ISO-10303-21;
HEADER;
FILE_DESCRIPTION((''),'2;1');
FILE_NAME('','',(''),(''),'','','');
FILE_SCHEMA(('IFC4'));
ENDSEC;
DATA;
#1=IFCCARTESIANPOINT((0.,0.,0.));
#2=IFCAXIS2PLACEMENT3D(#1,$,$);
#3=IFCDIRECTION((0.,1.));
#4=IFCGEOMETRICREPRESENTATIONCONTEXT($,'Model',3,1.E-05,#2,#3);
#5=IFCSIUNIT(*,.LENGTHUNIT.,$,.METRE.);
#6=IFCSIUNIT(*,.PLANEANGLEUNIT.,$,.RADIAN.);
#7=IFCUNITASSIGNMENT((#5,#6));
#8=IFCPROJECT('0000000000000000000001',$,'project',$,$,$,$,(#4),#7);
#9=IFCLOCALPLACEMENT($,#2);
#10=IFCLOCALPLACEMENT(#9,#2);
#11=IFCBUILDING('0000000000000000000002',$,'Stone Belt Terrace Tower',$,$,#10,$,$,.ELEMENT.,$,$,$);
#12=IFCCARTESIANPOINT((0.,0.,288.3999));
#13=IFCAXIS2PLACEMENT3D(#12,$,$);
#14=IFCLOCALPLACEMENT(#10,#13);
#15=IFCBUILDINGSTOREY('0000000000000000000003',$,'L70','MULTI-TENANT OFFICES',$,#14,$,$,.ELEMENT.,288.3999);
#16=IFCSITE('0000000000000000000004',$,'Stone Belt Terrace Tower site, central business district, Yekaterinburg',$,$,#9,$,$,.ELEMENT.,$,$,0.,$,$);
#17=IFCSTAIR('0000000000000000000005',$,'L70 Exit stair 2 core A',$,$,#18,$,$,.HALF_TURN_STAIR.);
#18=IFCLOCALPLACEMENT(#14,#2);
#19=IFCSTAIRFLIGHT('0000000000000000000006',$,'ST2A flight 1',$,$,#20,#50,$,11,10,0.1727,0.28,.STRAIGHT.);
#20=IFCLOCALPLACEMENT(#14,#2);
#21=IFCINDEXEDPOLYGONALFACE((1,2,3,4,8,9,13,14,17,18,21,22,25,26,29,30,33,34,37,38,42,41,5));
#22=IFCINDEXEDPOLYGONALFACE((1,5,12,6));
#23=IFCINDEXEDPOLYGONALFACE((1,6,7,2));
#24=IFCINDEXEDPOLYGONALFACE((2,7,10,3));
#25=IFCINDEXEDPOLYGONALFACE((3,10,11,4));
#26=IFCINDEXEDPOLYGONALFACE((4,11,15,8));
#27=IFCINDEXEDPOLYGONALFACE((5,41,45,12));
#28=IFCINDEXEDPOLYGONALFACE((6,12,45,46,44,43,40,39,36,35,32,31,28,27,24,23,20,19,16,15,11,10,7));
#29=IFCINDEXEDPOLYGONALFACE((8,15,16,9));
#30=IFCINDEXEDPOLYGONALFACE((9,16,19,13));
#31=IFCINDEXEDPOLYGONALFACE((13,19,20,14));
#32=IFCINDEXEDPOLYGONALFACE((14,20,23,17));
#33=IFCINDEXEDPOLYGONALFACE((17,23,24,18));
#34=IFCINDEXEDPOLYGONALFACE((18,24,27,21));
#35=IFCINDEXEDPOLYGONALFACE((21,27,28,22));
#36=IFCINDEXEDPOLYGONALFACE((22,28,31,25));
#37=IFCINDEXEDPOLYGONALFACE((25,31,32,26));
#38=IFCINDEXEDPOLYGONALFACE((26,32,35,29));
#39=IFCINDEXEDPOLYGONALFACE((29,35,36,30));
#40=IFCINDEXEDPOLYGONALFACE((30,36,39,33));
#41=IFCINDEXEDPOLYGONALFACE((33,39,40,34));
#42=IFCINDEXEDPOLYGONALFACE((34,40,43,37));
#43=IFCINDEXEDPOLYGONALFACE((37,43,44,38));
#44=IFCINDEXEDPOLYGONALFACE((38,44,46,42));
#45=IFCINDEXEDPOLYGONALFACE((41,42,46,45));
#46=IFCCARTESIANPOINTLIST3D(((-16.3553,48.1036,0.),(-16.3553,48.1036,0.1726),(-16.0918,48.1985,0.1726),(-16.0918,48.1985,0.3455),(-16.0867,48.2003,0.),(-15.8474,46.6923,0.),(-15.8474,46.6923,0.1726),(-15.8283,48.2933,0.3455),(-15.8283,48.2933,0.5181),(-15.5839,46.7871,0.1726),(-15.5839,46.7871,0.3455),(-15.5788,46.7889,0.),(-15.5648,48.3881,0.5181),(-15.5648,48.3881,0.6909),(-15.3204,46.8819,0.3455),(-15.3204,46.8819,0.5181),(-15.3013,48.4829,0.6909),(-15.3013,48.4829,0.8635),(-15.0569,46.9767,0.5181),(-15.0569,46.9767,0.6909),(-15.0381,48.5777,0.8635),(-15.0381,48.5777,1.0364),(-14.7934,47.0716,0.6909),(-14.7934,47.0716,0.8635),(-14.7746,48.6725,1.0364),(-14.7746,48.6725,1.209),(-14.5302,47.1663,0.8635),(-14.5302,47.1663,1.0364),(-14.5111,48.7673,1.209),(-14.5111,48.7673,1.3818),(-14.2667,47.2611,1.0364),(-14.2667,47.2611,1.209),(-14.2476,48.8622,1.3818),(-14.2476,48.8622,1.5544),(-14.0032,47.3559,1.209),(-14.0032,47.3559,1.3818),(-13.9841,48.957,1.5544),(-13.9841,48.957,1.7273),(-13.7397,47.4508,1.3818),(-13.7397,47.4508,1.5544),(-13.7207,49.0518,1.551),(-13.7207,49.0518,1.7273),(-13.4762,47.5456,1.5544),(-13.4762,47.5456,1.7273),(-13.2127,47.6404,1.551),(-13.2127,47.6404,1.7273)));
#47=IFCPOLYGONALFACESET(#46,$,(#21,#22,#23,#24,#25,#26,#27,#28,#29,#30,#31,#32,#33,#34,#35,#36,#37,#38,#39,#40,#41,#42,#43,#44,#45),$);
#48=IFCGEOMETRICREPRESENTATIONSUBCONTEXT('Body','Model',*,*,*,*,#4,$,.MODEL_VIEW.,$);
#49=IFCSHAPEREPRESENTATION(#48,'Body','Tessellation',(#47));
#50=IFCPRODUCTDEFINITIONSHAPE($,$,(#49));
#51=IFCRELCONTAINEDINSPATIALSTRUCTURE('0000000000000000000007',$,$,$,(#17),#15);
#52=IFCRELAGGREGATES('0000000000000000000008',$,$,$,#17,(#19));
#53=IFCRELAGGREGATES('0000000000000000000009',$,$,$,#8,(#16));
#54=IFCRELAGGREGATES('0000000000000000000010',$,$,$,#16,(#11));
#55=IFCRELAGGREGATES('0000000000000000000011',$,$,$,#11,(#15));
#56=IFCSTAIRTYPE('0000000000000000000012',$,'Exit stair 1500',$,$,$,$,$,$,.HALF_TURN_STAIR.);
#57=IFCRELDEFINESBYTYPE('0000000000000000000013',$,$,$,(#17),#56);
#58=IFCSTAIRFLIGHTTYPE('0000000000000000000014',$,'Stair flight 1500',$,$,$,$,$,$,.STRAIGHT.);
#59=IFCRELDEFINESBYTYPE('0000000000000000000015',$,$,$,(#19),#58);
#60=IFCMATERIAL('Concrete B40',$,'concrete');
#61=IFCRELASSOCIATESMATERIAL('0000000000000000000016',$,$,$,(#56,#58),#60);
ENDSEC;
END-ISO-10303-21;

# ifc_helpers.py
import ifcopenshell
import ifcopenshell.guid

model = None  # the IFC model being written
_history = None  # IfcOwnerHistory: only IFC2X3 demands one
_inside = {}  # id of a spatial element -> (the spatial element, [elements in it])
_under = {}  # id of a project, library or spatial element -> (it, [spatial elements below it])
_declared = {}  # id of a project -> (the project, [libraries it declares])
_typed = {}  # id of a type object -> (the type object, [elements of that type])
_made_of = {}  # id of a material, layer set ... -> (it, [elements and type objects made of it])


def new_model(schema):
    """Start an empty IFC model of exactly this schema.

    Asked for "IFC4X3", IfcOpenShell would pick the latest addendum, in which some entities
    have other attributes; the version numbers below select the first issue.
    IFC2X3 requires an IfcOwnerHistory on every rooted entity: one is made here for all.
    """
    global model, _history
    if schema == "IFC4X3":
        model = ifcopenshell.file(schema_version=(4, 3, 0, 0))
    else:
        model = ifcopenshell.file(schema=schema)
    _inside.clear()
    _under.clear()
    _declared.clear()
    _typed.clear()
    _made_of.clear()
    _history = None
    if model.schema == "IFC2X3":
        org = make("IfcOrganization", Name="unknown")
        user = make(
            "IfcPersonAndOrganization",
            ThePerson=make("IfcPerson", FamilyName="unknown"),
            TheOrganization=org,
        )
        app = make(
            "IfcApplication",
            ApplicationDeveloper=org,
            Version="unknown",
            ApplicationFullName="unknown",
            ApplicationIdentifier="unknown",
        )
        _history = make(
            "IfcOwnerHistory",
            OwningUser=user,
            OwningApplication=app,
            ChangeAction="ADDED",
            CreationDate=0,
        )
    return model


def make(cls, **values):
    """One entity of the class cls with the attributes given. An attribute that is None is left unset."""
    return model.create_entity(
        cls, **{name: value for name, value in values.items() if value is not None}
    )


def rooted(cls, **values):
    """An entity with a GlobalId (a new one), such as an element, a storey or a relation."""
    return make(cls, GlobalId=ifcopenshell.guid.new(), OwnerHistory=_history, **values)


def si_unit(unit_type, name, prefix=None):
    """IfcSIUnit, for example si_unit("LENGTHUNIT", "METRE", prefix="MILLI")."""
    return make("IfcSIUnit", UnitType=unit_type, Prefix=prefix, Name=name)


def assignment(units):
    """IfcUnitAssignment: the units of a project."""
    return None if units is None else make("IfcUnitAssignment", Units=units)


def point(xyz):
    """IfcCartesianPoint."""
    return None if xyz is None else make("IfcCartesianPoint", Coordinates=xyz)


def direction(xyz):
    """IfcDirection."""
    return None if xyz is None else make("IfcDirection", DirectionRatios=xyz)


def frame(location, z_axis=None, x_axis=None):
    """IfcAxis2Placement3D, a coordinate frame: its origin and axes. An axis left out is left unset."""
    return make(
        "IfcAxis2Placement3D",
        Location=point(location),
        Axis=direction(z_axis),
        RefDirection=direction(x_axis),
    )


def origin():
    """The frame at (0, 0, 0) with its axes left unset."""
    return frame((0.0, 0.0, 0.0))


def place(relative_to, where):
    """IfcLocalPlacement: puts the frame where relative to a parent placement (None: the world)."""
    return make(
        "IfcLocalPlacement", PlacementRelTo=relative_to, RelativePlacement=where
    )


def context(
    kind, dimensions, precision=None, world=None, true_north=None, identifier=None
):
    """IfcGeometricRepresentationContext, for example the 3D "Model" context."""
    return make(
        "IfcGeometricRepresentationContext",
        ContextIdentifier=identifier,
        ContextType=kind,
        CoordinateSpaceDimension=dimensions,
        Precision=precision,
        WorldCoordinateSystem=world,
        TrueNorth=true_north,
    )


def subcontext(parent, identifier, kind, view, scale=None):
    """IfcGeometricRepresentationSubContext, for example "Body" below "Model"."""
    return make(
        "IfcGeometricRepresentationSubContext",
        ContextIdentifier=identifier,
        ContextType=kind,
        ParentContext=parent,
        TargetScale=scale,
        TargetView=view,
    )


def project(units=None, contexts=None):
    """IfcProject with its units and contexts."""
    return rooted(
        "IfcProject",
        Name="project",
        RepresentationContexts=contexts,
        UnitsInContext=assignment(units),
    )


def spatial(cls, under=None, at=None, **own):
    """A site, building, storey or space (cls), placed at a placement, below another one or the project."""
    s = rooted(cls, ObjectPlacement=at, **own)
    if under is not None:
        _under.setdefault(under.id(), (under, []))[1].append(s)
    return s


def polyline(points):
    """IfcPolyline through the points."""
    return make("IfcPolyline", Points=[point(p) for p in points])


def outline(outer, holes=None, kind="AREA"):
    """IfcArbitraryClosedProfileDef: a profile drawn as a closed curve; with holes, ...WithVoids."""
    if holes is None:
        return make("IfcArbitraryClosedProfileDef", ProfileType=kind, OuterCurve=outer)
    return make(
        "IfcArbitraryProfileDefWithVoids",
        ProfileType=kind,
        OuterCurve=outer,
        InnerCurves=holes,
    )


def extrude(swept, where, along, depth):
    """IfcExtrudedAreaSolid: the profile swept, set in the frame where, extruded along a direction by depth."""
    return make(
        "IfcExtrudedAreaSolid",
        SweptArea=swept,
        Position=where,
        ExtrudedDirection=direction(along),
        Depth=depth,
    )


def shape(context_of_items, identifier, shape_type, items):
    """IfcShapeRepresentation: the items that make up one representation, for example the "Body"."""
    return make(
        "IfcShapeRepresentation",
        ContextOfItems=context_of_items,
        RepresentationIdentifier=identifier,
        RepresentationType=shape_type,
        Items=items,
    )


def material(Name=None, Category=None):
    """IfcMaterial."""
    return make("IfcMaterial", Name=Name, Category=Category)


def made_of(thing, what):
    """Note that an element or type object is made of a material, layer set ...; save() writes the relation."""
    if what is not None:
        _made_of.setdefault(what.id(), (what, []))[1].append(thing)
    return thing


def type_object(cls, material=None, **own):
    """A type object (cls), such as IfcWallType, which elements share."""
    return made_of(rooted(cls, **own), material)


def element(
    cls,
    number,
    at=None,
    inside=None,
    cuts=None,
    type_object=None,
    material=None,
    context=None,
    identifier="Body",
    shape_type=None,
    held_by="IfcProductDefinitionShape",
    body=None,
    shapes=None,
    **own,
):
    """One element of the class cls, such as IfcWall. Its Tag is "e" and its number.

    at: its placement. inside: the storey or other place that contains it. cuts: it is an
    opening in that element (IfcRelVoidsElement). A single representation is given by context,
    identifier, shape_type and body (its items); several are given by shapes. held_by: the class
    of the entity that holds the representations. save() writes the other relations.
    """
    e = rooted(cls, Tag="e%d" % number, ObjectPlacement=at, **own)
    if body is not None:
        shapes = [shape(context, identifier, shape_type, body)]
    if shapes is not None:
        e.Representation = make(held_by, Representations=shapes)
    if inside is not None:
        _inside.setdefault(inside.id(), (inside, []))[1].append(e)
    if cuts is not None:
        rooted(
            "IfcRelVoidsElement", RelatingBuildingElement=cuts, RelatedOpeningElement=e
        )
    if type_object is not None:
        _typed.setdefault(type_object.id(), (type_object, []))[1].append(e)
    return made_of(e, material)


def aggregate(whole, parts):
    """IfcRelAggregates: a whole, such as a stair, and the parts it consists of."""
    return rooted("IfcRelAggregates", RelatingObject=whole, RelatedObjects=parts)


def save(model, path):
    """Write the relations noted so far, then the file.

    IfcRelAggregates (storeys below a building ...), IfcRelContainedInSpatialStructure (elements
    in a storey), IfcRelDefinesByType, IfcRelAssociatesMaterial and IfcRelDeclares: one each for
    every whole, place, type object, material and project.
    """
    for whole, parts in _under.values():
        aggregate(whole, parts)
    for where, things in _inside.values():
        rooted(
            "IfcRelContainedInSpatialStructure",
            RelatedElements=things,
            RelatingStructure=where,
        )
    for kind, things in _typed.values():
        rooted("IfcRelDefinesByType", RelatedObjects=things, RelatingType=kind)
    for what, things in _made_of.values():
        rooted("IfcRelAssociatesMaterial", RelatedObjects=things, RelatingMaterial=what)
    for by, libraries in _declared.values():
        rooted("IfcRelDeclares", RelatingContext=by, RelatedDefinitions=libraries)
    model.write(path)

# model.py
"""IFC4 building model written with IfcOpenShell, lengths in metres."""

from ifc_helpers import new_model, si_unit, direction, frame, origin, place, context, subcontext, project, spatial, polyline, outline, extrude, material, type_object, element, aggregate, save


model = new_model("IFC4")

# Units and contexts
model_context = context("Model", 3, precision=1e-05, world=origin(), true_north=direction((0.0, 1.0)))
body_context = subcontext(model_context, "Body", "Model", "MODEL_VIEW")
ifc_project = project(units=[si_unit("LENGTHUNIT", "METRE"), si_unit("PLANEANGLEUNIT", "RADIAN")], contexts=[model_context])

# Site, building, storey
site_placement = place(None, origin())
site = spatial("IfcSite", under=ifc_project, at=site_placement, Name="Stone Belt Terrace Tower site, central business district, Yekaterinburg", CompositionType="ELEMENT", RefElevation=0.0)
building_placement = place(site_placement, origin())
building = spatial("IfcBuilding", under=site, at=building_placement, Name="Stone Belt Terrace Tower", CompositionType="ELEMENT")
storey_placement = place(building_placement, frame((0.0, 0.0, 288.3999)))
storey = spatial("IfcBuildingStorey", under=building, at=storey_placement, Name="L70", Description="MULTI-TENANT OFFICES", CompositionType="ELEMENT", Elevation=288.3999)

# Stair, stair flight
ifc_material_1 = material(Name="Concrete B40", Category="concrete")
stair_type = type_object("IfcStairType", Name="Exit stair 1500", PredefinedType="HALF_TURN_STAIR", material=ifc_material_1)
stair_flight_type = type_object("IfcStairFlightType", Name="Stair flight 1500", PredefinedType="STRAIGHT", material=ifc_material_1)
stair_1_placement = place(storey_placement, origin())
stair_1 = element("IfcStair", 1, at=stair_1_placement, inside=storey, type_object=stair_type, Name="L70 Exit stair 2 core A", PredefinedType="HALF_TURN_STAIR")
stair_flight_1_placement = place(storey_placement, frame((-16.1013, 47.3979, 0.0), z_axis=(0.0, 0.0, 1.0), x_axis=(0.940922, 0.338624, 0.0)))
stair_flight_1 = element("IfcStairFlight", 2, at=stair_flight_1_placement, type_object=stair_flight_type, Name="ST2A flight 1", NumberOfRisers=11, NumberOfTreads=10, PredefinedType="STRAIGHT", RiserHeight=0.1727, TreadLength=0.28, context=body_context, shape_type="SweptSolid", body=[
    extrude(outline(polyline([(0.0, 0.0), (0.0, 0.1726), (0.28, 0.1726), (0.28, 0.3455), (0.5601, 0.3455), (0.5601, 0.5181), (0.8401, 0.5181), (0.8401, 0.6909), (1.1201, 0.6909), (1.1201, 0.8635), (1.3999, 0.8635), (1.3999, 1.0364), (1.6799, 1.0364), (1.6799, 1.209), (1.96, 1.209), (1.96, 1.3818), (2.24, 1.3818), (2.24, 1.5544), (2.52, 1.5544), (2.52, 1.7273), (2.8, 1.7273), (2.8, 1.8999), (2.8, 1.551), (0.2854, 0.0), (0.0, 0.0)])), frame((0.0, 0.75, 0.0), z_axis=(0.0, -1.0, 0.0), x_axis=(1.0, 0.0, 0.0)), (0.0, 0.0, 1.0), 1.5),
])
aggregate(stair_1, [stair_flight_1])

save(model, "model.ifc")
